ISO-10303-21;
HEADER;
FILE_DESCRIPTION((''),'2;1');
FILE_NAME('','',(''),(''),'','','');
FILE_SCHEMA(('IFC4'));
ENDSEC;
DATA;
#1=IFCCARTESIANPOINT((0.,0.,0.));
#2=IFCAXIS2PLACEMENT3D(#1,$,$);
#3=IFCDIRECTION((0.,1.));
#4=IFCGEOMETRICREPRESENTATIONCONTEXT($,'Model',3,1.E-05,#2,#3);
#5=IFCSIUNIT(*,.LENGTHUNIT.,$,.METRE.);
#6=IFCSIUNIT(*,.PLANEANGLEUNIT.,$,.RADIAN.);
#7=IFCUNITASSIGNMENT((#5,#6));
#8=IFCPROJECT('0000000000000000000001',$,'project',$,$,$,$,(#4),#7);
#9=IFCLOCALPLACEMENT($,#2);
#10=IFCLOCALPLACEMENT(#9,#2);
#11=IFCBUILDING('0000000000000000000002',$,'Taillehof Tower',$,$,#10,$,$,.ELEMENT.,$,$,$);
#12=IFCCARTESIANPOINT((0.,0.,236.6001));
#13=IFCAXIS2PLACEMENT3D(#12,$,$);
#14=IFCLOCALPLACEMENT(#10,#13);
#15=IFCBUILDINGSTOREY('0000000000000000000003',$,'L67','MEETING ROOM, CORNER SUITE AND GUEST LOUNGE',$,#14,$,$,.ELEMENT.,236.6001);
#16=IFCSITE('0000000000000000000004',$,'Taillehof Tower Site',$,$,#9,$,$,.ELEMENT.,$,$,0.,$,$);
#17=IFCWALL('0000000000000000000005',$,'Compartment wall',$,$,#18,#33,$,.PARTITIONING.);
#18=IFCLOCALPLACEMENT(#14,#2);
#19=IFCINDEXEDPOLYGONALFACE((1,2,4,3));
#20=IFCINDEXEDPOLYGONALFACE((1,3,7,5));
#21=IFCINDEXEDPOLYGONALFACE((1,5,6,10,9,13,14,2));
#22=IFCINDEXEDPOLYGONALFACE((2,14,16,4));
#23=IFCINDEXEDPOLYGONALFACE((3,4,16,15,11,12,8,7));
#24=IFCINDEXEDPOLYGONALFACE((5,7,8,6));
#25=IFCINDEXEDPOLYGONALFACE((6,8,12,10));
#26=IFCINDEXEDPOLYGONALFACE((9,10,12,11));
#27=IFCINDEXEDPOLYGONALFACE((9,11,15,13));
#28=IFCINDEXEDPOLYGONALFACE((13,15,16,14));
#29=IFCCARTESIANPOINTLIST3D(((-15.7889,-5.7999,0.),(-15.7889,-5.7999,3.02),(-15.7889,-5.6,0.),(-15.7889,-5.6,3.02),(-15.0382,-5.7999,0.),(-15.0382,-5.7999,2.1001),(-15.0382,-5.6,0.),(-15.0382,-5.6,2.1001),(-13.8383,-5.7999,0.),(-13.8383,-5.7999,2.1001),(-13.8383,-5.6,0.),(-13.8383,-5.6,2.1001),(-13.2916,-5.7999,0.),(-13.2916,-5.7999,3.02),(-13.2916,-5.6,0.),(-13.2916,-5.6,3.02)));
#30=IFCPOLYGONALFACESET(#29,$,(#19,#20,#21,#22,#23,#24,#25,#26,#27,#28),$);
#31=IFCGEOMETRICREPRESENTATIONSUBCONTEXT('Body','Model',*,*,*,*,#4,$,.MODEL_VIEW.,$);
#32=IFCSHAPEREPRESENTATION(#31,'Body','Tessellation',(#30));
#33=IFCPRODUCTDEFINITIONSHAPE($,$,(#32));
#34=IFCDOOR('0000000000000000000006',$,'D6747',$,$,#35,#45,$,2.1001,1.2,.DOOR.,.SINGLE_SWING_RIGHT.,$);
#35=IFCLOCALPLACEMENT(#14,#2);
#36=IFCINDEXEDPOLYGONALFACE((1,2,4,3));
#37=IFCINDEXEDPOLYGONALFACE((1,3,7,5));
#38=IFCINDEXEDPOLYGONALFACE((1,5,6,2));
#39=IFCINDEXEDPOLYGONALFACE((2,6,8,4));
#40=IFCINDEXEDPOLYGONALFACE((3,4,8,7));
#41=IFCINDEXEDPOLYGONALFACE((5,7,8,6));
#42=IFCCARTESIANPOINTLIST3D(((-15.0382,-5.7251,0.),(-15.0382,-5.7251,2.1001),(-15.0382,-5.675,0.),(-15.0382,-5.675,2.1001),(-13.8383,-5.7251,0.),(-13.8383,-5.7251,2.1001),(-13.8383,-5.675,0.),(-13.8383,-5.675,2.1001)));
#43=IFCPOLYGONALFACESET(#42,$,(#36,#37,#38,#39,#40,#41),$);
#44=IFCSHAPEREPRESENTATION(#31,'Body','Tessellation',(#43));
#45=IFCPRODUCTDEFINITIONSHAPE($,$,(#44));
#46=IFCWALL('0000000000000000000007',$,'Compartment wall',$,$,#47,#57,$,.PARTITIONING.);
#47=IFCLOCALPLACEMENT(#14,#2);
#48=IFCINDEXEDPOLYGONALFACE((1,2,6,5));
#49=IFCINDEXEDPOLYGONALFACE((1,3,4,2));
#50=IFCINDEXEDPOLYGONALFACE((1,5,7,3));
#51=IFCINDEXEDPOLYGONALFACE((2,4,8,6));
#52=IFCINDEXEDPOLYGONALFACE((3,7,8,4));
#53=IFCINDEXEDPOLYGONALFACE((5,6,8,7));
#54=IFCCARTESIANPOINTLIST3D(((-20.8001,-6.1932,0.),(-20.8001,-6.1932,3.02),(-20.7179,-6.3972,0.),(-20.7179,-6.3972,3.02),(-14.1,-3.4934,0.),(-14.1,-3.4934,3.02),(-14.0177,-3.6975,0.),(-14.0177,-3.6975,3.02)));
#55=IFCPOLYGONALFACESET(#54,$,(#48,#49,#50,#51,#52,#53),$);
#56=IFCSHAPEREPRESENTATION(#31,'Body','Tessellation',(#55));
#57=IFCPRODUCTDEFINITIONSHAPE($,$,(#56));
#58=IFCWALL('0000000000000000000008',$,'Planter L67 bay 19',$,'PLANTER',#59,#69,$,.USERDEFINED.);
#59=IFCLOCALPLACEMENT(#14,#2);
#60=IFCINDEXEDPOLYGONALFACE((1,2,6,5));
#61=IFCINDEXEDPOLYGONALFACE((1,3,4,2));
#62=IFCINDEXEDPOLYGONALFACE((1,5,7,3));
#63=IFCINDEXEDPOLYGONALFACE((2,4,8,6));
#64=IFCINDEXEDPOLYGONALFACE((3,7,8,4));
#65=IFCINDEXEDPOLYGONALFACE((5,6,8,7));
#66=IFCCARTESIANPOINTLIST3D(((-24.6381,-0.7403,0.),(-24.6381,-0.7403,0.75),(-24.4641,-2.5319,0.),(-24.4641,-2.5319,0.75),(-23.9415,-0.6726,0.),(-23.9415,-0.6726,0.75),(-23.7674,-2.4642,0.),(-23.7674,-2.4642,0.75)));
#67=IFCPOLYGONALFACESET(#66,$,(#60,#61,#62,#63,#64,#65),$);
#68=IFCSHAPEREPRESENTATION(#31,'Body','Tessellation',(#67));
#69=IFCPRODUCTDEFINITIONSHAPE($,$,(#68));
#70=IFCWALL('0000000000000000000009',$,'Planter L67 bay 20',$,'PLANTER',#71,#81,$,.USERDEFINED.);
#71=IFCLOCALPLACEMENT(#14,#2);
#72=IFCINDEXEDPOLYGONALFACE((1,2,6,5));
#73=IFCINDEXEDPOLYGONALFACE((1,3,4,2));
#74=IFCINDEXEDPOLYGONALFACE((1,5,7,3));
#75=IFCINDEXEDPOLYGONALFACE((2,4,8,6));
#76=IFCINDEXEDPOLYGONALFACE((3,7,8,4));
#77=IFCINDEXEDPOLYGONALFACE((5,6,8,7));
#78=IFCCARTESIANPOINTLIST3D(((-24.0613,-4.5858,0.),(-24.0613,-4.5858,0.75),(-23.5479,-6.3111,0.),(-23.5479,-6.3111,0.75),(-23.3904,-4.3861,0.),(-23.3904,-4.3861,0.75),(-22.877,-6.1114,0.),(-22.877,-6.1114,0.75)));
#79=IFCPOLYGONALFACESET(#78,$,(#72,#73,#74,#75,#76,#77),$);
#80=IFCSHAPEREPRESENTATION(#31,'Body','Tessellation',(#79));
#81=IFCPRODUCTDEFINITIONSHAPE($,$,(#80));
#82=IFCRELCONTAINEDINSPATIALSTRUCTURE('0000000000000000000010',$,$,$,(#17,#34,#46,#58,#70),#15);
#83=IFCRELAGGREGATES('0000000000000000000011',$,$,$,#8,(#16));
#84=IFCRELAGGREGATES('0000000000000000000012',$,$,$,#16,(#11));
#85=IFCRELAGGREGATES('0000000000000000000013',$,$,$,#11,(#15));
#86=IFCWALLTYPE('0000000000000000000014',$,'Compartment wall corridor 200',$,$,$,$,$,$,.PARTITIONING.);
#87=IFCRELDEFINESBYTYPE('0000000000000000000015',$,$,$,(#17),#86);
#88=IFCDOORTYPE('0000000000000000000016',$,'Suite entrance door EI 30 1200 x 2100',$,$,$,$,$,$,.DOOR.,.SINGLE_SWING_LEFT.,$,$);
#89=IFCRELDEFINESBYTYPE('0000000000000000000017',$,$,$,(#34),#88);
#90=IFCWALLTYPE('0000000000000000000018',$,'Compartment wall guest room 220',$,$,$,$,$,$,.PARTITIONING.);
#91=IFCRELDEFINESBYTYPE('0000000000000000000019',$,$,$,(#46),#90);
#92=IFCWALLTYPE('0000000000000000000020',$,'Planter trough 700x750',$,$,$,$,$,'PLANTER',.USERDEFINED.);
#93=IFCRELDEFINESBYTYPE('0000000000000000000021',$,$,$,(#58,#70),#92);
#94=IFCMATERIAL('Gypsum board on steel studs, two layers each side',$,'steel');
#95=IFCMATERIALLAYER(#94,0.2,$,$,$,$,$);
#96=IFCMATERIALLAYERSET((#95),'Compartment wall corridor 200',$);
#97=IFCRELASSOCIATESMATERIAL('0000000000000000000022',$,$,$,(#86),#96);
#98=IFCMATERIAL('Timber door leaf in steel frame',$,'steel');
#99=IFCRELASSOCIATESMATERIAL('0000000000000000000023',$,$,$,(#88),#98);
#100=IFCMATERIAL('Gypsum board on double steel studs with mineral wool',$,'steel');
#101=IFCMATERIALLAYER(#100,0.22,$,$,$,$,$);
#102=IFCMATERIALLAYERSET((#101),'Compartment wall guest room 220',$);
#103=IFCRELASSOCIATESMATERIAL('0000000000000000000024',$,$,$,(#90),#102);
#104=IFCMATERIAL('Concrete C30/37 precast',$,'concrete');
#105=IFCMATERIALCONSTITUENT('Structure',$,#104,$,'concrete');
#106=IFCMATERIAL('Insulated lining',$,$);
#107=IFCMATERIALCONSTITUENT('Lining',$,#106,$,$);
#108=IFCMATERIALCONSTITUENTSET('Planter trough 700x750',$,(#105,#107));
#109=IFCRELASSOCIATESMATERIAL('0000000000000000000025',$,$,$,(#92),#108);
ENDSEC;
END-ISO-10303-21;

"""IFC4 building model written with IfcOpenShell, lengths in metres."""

from ifc_helpers import new_model, si_unit, direction, frame, frame_2d, origin, place, context, subcontext, project, spatial, rectangle, extrude, material, layer, layer_set, constituent, constituent_set, type_object, element, fill, save


model = new_model("IFC4")

# Units and contexts
model_context = context("Model", 3, precision=1e-05, world=origin(), true_north=direction((0.0, 1.0)))
body_context = subcontext(model_context, "Body", "Model", "MODEL_VIEW")
ifc_project = project(units=[si_unit("LENGTHUNIT", "METRE"), si_unit("PLANEANGLEUNIT", "RADIAN")], contexts=[model_context])

# Site, building, storey
site_placement = place(None, origin())
site = spatial("IfcSite", under=ifc_project, at=site_placement, Name="Taillehof Tower Site", CompositionType="ELEMENT", RefElevation=0.0)
building_placement = place(site_placement, origin())
building = spatial("IfcBuilding", under=site, at=building_placement, Name="Taillehof Tower", CompositionType="ELEMENT")
storey_placement = place(building_placement, frame((0.0, 0.0, 236.6001)))
storey = spatial("IfcBuildingStorey", under=building, at=storey_placement, Name="L67", Description="MEETING ROOM, CORNER SUITE AND GUEST LOUNGE", CompositionType="ELEMENT", Elevation=236.6001)

# Wall, opening, door
ifc_material_1 = material(Name="Gypsum board on steel studs, two layers each side", Category="steel")
ifc_layer_1 = layer(ifc_material_1, 0.2)
ifc_layer_set_1 = layer_set([ifc_layer_1], Name="Compartment wall corridor 200")
wall_type_1 = type_object("IfcWallType", Name="Compartment wall corridor 200", PredefinedType="PARTITIONING", material=ifc_layer_set_1)
wall_1_placement = place(storey_placement, frame((-15.7888, -5.7, 0.0), z_axis=(0.0, 0.0, 1.0), x_axis=(1.0, 0.0, 0.0)))
wall_1 = element("IfcWall", 1, at=wall_1_placement, inside=storey, type_object=wall_type_1, Name="Compartment wall", PredefinedType="PARTITIONING", context=body_context, shape_type="SweptSolid", body=[
    extrude(rectangle(XDim=2.4973, YDim=0.2, at=frame_2d((1.2485, 0.0))), origin(), (0.0, 0.0, 1.0), 3.02),
])
opening_1_placement = place(wall_1_placement, frame((0.7505, 0.0, 0.0)))
opening_1 = element("IfcOpeningElement", 2, at=opening_1_placement, cuts=wall_1, PredefinedType="OPENING", context=body_context, shape_type="SweptSolid", body=[
    extrude(rectangle(XDim=1.2, YDim=2.1001, at=frame_2d((0.6001, 1.05))), frame((0.0, 0.1099, 0.0), z_axis=(0.0, -1.0, 0.0), x_axis=(1.0, 0.0, 0.0)), (0.0, 0.0, 1.0), 0.22),
])
ifc_material_2 = material(Name="Timber door leaf in steel frame", Category="steel")
door_type_1 = type_object("IfcDoorType", Name="Suite entrance door EI 30 1200 x 2100", OperationType="SINGLE_SWING_LEFT", PredefinedType="DOOR", material=ifc_material_2)
door_1_placement = place(opening_1_placement, origin())
door_1 = element("IfcDoor", 3, at=door_1_placement, inside=storey, type_object=door_type_1, Name="D6747", OperationType="SINGLE_SWING_RIGHT", OverallHeight=2.1001, OverallWidth=1.2, PredefinedType="DOOR", context=body_context, shape_type="SweptSolid", body=[
    extrude(rectangle(XDim=1.2, YDim=2.1001, at=frame_2d((0.6001, 1.05))), frame((0.0, 0.0249, 0.0), z_axis=(0.0, -1.0, 0.0), x_axis=(1.0, 0.0, 0.0)), (0.0, 0.0, 1.0), 0.05),
])
fill(opening_1, door_1)

# Walls
ifc_material_3 = material(Name="Gypsum board on double steel studs with mineral wool", Category="steel")
ifc_layer_2 = layer(ifc_material_3, 0.22)
ifc_layer_set_2 = layer_set([ifc_layer_2], Name="Compartment wall guest room 220")
wall_type_2 = type_object("IfcWallType", Name="Compartment wall guest room 220", PredefinedType="PARTITIONING", material=ifc_layer_set_2)
wall_2_placement = place(storey_placement, frame((-20.759, -6.2952, 0.0), z_axis=(0.0, 0.0, 1.0), x_axis=(0.927537, 0.373732, 0.0)))
element("IfcWall", 4, at=wall_2_placement, inside=storey, type_object=wall_type_2, Name="Compartment wall", PredefinedType="PARTITIONING", context=body_context, shape_type="SweptSolid", body=[
    extrude(rectangle(XDim=7.2236, YDim=0.22, at=frame_2d((3.6118, 0.0))), origin(), (0.0, 0.0, 1.0), 3.02),
])
ifc_material_4 = material(Name="Concrete C30/37 precast", Category="concrete")
ifc_constituent_1 = constituent(ifc_material_4, Name="Structure", Category="concrete")
ifc_material_5 = material(Name="Insulated lining")
ifc_constituent_2 = constituent(ifc_material_5, Name="Lining")
ifc_constituent_set = constituent_set(constituents=[ifc_constituent_1, ifc_constituent_2], Name="Planter trough 700x750")
wall_type_3 = type_object("IfcWallType", Name="Planter trough 700x750", ElementType="PLANTER", PredefinedType="USERDEFINED", material=ifc_constituent_set)
for number, where, z_axis, x_axis, name in (
    (5, (-24.2898, -0.7065, 0.0), (0.0, 0.0, 1.0), (0.09671, -0.995313, 0.0), "Planter L67 bay 19"),
    (6, (-23.7258, -4.4861, 0.0), (0.0, 0.0, 1.0), (0.285219, -0.958462, 0.0), "Planter L67 bay 20"),
):
    element("IfcWall", number, at=place(storey_placement, frame(where, z_axis=z_axis, x_axis=x_axis)), inside=storey, type_object=wall_type_3, Name=name, ObjectType="PLANTER", PredefinedType="USERDEFINED", context=body_context, shape_type="SweptSolid", body=[
        extrude(rectangle(XDim=1.8, YDim=0.7, at=frame_2d((0.8999, 0.0))), origin(), (0.0, 0.0, 1.0), 0.75),
    ])

save(model, "model.ifc")
